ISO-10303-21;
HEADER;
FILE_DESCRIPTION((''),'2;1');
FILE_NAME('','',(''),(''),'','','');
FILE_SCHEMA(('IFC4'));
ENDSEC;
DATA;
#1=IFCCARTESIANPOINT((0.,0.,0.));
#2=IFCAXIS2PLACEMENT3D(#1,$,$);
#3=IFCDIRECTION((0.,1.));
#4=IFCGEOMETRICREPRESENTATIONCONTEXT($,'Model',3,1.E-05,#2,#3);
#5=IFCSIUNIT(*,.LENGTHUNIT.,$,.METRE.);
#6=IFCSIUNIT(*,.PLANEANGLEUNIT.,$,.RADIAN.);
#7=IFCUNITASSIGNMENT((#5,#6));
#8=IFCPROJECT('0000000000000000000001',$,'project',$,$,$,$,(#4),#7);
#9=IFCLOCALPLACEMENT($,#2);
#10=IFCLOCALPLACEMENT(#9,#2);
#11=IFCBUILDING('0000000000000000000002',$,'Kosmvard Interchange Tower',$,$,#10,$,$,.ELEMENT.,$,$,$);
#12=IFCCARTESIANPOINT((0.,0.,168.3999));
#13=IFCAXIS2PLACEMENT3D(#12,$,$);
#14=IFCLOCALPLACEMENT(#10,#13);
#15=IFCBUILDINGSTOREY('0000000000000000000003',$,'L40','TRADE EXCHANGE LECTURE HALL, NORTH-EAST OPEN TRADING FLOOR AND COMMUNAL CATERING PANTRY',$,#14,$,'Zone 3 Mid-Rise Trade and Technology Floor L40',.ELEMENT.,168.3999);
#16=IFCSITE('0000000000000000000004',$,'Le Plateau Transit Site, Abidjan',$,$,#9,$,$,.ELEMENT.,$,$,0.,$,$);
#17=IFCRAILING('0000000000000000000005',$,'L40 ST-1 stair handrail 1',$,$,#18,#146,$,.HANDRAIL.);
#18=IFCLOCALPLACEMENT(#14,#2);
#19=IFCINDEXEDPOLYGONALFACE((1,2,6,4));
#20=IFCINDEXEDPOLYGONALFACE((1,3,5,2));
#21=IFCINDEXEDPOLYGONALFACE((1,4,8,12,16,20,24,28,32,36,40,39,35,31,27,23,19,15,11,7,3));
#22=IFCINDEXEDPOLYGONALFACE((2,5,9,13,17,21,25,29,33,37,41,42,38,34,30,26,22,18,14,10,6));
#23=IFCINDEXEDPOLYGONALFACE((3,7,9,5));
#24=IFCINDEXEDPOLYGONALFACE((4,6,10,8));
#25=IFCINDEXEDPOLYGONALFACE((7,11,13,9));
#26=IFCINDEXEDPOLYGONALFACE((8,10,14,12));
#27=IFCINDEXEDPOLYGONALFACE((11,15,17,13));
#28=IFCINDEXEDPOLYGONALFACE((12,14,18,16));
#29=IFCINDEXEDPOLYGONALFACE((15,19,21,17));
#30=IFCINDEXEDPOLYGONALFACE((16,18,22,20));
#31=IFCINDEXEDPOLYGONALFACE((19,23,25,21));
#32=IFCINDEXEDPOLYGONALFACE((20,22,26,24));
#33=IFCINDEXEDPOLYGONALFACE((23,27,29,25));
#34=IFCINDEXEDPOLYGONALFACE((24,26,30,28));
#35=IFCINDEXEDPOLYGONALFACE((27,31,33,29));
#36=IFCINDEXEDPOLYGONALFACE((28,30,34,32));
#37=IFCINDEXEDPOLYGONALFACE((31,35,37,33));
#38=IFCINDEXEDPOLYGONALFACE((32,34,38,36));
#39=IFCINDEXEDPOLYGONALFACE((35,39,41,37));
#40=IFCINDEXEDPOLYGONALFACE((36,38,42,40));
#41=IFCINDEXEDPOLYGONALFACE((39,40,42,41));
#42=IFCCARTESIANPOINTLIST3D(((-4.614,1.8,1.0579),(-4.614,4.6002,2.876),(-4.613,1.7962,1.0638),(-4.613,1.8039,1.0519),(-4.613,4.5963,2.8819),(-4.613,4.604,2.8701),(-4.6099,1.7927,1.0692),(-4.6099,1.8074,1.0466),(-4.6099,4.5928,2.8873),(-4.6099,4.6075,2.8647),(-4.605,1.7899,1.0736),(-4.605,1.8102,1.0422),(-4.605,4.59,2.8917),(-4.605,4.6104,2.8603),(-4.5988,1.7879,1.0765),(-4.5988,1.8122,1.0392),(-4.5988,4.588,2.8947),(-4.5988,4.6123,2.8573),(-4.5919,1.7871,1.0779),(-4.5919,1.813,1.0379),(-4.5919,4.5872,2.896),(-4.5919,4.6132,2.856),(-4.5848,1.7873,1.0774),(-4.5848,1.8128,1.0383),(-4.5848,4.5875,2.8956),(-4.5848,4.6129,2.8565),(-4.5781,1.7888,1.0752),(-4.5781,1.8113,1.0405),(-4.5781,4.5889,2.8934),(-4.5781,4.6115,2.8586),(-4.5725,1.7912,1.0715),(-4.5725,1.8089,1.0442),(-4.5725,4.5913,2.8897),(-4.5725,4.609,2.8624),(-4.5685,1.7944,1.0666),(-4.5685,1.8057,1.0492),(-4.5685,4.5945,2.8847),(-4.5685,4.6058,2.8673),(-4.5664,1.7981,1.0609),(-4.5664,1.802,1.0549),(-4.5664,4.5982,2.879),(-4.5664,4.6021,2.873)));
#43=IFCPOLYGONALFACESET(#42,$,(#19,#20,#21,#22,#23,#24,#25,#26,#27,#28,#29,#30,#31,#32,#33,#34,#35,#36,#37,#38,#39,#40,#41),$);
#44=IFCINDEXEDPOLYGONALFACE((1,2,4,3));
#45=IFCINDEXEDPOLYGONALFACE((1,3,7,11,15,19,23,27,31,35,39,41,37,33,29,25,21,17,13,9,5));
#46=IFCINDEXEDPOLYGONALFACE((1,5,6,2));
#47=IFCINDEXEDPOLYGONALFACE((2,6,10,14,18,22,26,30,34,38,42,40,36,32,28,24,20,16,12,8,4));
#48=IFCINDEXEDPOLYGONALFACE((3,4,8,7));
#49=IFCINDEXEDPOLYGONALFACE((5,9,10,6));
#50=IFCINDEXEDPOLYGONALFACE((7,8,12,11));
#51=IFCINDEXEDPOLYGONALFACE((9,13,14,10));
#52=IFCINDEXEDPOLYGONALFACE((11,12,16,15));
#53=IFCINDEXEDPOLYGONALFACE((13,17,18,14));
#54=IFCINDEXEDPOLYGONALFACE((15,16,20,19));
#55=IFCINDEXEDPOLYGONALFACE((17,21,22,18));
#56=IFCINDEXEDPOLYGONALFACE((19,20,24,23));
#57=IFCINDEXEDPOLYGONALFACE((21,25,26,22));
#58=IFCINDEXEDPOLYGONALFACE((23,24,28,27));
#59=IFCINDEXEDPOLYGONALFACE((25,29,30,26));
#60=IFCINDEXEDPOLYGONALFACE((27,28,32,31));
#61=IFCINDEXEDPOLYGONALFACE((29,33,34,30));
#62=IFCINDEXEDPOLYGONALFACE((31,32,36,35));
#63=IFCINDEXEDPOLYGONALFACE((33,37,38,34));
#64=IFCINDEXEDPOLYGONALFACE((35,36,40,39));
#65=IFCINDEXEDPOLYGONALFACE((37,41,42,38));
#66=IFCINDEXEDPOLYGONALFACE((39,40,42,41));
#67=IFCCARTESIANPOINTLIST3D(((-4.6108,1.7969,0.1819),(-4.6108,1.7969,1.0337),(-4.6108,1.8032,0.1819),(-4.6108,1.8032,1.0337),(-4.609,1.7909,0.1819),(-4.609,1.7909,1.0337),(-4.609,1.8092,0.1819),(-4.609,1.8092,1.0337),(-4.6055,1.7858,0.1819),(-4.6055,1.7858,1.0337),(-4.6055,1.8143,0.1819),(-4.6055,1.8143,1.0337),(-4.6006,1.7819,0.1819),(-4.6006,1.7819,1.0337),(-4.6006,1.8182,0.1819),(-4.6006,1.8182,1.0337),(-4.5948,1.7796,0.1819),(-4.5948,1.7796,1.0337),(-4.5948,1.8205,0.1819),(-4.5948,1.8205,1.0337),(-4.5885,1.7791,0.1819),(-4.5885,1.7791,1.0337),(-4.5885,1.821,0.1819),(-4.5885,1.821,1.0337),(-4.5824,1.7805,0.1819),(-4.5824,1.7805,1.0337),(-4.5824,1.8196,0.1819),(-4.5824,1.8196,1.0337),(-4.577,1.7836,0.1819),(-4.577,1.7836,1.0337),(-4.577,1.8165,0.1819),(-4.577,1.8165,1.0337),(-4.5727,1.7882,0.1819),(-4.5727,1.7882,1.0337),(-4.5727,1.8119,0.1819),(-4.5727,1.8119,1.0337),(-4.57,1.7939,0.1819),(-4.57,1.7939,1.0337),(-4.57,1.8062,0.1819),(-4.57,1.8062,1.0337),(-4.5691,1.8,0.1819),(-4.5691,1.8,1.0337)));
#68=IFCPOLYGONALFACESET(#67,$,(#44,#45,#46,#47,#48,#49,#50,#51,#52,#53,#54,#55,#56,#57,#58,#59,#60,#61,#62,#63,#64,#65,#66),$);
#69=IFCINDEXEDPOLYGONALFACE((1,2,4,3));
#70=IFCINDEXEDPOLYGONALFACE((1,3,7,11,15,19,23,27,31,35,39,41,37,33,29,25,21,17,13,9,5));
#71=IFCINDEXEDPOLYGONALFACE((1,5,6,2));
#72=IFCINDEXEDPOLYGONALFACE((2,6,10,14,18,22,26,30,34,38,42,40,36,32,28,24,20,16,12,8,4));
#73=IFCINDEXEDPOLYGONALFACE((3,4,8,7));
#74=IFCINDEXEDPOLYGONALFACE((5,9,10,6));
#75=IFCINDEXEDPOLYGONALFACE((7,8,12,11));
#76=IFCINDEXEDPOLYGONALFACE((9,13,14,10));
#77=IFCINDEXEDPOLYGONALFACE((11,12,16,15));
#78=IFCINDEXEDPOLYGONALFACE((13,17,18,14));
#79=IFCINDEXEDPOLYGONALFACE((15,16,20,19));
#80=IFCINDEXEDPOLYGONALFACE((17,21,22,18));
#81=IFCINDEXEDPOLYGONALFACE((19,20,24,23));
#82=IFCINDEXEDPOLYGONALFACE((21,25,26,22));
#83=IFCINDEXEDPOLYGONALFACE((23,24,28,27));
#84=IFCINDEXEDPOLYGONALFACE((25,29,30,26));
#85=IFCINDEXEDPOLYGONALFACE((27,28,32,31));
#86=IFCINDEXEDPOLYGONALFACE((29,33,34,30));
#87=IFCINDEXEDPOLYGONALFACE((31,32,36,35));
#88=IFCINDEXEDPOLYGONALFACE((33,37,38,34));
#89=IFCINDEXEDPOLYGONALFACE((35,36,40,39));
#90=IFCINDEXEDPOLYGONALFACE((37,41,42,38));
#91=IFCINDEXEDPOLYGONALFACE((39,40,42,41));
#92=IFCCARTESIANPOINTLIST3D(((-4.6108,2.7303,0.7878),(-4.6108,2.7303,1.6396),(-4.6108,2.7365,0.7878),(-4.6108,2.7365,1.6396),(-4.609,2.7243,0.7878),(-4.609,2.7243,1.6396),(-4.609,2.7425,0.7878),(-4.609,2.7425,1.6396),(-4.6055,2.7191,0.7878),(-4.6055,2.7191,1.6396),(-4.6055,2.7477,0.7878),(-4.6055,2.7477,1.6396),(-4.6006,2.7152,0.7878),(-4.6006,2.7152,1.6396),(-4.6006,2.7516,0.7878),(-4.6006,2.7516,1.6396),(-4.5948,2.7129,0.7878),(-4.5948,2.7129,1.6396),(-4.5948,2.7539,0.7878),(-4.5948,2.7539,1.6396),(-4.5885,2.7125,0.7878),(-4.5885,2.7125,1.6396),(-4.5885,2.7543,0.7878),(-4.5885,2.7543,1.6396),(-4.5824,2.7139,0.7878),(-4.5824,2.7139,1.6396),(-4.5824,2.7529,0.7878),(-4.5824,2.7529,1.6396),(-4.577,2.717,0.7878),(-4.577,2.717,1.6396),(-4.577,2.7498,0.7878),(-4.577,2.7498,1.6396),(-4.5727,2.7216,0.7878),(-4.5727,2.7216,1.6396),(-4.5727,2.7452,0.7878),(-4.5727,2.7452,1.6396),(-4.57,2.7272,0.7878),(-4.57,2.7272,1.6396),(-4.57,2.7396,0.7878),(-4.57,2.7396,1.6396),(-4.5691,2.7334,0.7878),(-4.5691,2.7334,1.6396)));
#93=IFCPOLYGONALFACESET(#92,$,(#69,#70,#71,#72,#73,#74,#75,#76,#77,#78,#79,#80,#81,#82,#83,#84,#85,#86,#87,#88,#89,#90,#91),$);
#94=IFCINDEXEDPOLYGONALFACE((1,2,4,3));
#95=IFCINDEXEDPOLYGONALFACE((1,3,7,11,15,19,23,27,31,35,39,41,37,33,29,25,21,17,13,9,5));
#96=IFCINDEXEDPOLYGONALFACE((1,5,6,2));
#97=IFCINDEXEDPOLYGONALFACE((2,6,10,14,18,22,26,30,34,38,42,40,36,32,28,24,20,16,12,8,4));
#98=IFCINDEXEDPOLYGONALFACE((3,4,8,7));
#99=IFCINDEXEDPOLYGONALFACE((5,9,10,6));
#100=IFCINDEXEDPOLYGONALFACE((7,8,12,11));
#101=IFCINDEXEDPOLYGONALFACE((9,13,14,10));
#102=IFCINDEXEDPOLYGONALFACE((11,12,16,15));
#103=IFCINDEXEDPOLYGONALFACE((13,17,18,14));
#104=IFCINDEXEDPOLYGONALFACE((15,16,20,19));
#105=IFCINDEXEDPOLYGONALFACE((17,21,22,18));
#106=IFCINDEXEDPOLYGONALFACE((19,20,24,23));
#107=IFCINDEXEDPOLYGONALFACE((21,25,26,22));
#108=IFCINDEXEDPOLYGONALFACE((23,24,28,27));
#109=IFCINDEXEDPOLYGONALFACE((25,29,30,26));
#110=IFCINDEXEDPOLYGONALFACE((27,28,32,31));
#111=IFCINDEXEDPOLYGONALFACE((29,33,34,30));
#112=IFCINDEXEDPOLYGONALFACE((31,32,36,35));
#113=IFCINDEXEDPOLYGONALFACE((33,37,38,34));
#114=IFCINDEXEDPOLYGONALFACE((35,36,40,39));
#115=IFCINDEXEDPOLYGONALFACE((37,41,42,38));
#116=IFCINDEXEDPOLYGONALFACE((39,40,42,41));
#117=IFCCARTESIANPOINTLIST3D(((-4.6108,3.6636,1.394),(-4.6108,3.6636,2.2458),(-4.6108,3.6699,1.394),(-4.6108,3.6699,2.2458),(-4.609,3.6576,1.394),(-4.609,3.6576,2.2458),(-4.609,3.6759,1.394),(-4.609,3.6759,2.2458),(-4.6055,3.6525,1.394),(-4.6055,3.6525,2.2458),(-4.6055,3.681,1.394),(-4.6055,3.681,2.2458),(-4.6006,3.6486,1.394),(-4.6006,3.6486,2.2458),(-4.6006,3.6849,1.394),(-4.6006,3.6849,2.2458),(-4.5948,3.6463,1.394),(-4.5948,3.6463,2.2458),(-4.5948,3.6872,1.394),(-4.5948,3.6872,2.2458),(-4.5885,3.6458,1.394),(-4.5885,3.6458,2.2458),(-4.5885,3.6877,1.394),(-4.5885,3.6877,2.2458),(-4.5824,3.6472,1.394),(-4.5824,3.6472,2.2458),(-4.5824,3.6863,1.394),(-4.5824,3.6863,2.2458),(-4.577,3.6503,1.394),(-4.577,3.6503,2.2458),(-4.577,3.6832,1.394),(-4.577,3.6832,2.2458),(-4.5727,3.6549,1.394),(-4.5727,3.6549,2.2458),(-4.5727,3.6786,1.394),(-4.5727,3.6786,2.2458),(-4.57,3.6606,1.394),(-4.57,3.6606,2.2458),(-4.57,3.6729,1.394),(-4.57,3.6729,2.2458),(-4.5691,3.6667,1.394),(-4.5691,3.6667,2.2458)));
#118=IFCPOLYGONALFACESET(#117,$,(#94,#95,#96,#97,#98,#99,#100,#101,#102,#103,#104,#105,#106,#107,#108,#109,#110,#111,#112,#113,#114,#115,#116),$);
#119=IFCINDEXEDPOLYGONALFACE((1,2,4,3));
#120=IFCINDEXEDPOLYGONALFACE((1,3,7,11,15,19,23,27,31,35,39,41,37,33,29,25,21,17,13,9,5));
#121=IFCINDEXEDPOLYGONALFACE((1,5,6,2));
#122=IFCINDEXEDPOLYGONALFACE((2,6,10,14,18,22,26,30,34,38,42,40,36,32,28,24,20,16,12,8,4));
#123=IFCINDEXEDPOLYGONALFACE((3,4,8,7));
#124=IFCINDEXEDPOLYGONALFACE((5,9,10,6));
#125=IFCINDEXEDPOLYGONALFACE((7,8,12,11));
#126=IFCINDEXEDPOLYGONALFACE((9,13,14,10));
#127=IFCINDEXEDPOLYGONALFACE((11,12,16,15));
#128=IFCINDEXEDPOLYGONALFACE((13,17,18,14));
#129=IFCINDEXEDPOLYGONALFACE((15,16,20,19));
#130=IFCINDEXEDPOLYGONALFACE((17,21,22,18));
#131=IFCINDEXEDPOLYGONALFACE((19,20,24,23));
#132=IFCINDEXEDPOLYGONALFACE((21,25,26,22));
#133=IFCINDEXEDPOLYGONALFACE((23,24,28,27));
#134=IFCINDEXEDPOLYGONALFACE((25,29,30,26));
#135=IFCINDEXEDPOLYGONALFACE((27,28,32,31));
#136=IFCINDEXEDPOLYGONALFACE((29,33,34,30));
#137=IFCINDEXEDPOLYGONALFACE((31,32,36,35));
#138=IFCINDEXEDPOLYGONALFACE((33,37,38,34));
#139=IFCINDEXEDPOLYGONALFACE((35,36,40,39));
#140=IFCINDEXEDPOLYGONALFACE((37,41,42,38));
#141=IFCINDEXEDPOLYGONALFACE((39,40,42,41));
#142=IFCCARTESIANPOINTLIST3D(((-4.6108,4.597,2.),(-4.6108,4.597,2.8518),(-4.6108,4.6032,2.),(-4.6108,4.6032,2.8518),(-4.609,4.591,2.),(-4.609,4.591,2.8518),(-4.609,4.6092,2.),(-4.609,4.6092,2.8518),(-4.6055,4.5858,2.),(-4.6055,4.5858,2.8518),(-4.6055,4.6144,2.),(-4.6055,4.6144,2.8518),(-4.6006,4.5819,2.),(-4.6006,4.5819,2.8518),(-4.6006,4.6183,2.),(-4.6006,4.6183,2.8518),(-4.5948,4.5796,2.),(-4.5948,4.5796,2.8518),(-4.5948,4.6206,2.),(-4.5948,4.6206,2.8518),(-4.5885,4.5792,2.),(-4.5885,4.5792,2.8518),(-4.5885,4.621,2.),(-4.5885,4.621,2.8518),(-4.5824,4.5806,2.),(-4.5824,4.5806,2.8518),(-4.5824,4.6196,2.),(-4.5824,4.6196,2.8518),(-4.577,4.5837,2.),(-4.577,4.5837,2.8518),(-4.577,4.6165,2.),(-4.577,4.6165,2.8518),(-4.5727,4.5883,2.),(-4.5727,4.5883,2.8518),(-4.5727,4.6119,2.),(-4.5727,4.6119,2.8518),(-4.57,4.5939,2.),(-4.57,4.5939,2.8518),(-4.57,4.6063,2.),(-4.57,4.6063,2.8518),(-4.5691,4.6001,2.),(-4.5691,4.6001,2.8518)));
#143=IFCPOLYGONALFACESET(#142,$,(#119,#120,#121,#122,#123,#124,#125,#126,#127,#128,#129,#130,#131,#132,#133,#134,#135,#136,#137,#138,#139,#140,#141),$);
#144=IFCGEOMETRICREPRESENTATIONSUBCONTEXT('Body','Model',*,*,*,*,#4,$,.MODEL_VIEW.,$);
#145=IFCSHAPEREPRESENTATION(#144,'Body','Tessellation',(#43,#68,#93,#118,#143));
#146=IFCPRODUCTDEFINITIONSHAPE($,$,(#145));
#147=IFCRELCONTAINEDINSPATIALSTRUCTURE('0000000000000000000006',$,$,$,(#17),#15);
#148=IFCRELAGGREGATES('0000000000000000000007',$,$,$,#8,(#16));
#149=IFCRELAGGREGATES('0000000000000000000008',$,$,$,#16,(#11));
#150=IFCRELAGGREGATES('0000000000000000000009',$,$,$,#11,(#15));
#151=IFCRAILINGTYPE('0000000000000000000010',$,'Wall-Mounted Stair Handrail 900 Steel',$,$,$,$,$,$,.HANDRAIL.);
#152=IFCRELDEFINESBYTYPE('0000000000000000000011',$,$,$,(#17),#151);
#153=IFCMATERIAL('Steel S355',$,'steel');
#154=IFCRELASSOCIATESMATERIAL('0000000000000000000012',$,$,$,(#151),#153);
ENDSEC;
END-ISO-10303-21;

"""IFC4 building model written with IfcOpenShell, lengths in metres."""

from ifc_helpers import new_model, si_unit, direction, frame, origin, origin_2d, place, context, subcontext, project, spatial, circle, extrude, source, transform, mapped, material, type_object, element, save


model = new_model("IFC4")

# Units and contexts
model_context = context("Model", 3, precision=1e-05, world=origin(), true_north=direction((0.0, 1.0)))
body_context = subcontext(model_context, "Body", "Model", "MODEL_VIEW")
ifc_project = project(units=[si_unit("LENGTHUNIT", "METRE"), si_unit("PLANEANGLEUNIT", "RADIAN")], contexts=[model_context])

# Site, building, storey
site_placement = place(None, origin())
site = spatial("IfcSite", under=ifc_project, at=site_placement, Name="Le Plateau Transit Site, Abidjan", CompositionType="ELEMENT", RefElevation=0.0)
building_placement = place(site_placement, origin())
building = spatial("IfcBuilding", under=site, at=building_placement, Name="Kosmvard Interchange Tower", CompositionType="ELEMENT")
storey_placement = place(building_placement, frame((0.0, 0.0, 168.3999)))
storey = spatial("IfcBuildingStorey", under=building, at=storey_placement, Name="L40", Description="TRADE EXCHANGE LECTURE HALL, NORTH-EAST OPEN TRADING FLOOR AND COMMUNAL CATERING PANTRY", LongName="Zone 3 Mid-Rise Trade and Technology Floor L40", CompositionType="ELEMENT", Elevation=168.3999)

# Railing
ifc_material_1 = material(Name="Steel S355", Category="steel")
railing_type_1 = type_object("IfcRailingType", Name="Wall-Mounted Stair Handrail 900 Steel", PredefinedType="HANDRAIL", material=ifc_material_1)
shared_shape_1 = source(origin(), body_context, "Body", "SweptSolid", [
    extrude(circle(Radius=0.0239, at=origin_2d()), frame((0.0, 0.0, 0.876), z_axis=(0.0, 0.838706, 0.544585), x_axis=(-1.0, 0.0, 0.0)), (0.0, 0.0, 1.0), 3.3386),
    extrude(circle(Radius=0.021, at=origin_2d()), origin(), (0.0, 0.0, 1.0), 0.8518),
    extrude(circle(Radius=0.021, at=origin_2d()), frame((0.0, 0.9333, 0.606)), (0.0, 0.0, 1.0), 0.8518),
    extrude(circle(Radius=0.021, at=origin_2d()), frame((0.0, 1.8667, 1.2122)), (0.0, 0.0, 1.0), 0.8518),
    extrude(circle(Radius=0.021, at=origin_2d()), frame((0.0, 2.8, 1.8181)), (0.0, 0.0, 1.0), 0.8518),
])
railing_1_placement = place(storey_placement, frame((-4.5901, 1.8, 0.1819)))
element("IfcRailing", 1, at=railing_1_placement, inside=storey, type_object=railing_type_1, Name="L40 ST-1 stair handrail 1", PredefinedType="HANDRAIL", context=body_context, shape_type="MappedRepresentation", body=[
    mapped(shared_shape_1, transform((0.0, 0.0, 0.0), scale=1.0)),
])

save(model, "model.ifc")
